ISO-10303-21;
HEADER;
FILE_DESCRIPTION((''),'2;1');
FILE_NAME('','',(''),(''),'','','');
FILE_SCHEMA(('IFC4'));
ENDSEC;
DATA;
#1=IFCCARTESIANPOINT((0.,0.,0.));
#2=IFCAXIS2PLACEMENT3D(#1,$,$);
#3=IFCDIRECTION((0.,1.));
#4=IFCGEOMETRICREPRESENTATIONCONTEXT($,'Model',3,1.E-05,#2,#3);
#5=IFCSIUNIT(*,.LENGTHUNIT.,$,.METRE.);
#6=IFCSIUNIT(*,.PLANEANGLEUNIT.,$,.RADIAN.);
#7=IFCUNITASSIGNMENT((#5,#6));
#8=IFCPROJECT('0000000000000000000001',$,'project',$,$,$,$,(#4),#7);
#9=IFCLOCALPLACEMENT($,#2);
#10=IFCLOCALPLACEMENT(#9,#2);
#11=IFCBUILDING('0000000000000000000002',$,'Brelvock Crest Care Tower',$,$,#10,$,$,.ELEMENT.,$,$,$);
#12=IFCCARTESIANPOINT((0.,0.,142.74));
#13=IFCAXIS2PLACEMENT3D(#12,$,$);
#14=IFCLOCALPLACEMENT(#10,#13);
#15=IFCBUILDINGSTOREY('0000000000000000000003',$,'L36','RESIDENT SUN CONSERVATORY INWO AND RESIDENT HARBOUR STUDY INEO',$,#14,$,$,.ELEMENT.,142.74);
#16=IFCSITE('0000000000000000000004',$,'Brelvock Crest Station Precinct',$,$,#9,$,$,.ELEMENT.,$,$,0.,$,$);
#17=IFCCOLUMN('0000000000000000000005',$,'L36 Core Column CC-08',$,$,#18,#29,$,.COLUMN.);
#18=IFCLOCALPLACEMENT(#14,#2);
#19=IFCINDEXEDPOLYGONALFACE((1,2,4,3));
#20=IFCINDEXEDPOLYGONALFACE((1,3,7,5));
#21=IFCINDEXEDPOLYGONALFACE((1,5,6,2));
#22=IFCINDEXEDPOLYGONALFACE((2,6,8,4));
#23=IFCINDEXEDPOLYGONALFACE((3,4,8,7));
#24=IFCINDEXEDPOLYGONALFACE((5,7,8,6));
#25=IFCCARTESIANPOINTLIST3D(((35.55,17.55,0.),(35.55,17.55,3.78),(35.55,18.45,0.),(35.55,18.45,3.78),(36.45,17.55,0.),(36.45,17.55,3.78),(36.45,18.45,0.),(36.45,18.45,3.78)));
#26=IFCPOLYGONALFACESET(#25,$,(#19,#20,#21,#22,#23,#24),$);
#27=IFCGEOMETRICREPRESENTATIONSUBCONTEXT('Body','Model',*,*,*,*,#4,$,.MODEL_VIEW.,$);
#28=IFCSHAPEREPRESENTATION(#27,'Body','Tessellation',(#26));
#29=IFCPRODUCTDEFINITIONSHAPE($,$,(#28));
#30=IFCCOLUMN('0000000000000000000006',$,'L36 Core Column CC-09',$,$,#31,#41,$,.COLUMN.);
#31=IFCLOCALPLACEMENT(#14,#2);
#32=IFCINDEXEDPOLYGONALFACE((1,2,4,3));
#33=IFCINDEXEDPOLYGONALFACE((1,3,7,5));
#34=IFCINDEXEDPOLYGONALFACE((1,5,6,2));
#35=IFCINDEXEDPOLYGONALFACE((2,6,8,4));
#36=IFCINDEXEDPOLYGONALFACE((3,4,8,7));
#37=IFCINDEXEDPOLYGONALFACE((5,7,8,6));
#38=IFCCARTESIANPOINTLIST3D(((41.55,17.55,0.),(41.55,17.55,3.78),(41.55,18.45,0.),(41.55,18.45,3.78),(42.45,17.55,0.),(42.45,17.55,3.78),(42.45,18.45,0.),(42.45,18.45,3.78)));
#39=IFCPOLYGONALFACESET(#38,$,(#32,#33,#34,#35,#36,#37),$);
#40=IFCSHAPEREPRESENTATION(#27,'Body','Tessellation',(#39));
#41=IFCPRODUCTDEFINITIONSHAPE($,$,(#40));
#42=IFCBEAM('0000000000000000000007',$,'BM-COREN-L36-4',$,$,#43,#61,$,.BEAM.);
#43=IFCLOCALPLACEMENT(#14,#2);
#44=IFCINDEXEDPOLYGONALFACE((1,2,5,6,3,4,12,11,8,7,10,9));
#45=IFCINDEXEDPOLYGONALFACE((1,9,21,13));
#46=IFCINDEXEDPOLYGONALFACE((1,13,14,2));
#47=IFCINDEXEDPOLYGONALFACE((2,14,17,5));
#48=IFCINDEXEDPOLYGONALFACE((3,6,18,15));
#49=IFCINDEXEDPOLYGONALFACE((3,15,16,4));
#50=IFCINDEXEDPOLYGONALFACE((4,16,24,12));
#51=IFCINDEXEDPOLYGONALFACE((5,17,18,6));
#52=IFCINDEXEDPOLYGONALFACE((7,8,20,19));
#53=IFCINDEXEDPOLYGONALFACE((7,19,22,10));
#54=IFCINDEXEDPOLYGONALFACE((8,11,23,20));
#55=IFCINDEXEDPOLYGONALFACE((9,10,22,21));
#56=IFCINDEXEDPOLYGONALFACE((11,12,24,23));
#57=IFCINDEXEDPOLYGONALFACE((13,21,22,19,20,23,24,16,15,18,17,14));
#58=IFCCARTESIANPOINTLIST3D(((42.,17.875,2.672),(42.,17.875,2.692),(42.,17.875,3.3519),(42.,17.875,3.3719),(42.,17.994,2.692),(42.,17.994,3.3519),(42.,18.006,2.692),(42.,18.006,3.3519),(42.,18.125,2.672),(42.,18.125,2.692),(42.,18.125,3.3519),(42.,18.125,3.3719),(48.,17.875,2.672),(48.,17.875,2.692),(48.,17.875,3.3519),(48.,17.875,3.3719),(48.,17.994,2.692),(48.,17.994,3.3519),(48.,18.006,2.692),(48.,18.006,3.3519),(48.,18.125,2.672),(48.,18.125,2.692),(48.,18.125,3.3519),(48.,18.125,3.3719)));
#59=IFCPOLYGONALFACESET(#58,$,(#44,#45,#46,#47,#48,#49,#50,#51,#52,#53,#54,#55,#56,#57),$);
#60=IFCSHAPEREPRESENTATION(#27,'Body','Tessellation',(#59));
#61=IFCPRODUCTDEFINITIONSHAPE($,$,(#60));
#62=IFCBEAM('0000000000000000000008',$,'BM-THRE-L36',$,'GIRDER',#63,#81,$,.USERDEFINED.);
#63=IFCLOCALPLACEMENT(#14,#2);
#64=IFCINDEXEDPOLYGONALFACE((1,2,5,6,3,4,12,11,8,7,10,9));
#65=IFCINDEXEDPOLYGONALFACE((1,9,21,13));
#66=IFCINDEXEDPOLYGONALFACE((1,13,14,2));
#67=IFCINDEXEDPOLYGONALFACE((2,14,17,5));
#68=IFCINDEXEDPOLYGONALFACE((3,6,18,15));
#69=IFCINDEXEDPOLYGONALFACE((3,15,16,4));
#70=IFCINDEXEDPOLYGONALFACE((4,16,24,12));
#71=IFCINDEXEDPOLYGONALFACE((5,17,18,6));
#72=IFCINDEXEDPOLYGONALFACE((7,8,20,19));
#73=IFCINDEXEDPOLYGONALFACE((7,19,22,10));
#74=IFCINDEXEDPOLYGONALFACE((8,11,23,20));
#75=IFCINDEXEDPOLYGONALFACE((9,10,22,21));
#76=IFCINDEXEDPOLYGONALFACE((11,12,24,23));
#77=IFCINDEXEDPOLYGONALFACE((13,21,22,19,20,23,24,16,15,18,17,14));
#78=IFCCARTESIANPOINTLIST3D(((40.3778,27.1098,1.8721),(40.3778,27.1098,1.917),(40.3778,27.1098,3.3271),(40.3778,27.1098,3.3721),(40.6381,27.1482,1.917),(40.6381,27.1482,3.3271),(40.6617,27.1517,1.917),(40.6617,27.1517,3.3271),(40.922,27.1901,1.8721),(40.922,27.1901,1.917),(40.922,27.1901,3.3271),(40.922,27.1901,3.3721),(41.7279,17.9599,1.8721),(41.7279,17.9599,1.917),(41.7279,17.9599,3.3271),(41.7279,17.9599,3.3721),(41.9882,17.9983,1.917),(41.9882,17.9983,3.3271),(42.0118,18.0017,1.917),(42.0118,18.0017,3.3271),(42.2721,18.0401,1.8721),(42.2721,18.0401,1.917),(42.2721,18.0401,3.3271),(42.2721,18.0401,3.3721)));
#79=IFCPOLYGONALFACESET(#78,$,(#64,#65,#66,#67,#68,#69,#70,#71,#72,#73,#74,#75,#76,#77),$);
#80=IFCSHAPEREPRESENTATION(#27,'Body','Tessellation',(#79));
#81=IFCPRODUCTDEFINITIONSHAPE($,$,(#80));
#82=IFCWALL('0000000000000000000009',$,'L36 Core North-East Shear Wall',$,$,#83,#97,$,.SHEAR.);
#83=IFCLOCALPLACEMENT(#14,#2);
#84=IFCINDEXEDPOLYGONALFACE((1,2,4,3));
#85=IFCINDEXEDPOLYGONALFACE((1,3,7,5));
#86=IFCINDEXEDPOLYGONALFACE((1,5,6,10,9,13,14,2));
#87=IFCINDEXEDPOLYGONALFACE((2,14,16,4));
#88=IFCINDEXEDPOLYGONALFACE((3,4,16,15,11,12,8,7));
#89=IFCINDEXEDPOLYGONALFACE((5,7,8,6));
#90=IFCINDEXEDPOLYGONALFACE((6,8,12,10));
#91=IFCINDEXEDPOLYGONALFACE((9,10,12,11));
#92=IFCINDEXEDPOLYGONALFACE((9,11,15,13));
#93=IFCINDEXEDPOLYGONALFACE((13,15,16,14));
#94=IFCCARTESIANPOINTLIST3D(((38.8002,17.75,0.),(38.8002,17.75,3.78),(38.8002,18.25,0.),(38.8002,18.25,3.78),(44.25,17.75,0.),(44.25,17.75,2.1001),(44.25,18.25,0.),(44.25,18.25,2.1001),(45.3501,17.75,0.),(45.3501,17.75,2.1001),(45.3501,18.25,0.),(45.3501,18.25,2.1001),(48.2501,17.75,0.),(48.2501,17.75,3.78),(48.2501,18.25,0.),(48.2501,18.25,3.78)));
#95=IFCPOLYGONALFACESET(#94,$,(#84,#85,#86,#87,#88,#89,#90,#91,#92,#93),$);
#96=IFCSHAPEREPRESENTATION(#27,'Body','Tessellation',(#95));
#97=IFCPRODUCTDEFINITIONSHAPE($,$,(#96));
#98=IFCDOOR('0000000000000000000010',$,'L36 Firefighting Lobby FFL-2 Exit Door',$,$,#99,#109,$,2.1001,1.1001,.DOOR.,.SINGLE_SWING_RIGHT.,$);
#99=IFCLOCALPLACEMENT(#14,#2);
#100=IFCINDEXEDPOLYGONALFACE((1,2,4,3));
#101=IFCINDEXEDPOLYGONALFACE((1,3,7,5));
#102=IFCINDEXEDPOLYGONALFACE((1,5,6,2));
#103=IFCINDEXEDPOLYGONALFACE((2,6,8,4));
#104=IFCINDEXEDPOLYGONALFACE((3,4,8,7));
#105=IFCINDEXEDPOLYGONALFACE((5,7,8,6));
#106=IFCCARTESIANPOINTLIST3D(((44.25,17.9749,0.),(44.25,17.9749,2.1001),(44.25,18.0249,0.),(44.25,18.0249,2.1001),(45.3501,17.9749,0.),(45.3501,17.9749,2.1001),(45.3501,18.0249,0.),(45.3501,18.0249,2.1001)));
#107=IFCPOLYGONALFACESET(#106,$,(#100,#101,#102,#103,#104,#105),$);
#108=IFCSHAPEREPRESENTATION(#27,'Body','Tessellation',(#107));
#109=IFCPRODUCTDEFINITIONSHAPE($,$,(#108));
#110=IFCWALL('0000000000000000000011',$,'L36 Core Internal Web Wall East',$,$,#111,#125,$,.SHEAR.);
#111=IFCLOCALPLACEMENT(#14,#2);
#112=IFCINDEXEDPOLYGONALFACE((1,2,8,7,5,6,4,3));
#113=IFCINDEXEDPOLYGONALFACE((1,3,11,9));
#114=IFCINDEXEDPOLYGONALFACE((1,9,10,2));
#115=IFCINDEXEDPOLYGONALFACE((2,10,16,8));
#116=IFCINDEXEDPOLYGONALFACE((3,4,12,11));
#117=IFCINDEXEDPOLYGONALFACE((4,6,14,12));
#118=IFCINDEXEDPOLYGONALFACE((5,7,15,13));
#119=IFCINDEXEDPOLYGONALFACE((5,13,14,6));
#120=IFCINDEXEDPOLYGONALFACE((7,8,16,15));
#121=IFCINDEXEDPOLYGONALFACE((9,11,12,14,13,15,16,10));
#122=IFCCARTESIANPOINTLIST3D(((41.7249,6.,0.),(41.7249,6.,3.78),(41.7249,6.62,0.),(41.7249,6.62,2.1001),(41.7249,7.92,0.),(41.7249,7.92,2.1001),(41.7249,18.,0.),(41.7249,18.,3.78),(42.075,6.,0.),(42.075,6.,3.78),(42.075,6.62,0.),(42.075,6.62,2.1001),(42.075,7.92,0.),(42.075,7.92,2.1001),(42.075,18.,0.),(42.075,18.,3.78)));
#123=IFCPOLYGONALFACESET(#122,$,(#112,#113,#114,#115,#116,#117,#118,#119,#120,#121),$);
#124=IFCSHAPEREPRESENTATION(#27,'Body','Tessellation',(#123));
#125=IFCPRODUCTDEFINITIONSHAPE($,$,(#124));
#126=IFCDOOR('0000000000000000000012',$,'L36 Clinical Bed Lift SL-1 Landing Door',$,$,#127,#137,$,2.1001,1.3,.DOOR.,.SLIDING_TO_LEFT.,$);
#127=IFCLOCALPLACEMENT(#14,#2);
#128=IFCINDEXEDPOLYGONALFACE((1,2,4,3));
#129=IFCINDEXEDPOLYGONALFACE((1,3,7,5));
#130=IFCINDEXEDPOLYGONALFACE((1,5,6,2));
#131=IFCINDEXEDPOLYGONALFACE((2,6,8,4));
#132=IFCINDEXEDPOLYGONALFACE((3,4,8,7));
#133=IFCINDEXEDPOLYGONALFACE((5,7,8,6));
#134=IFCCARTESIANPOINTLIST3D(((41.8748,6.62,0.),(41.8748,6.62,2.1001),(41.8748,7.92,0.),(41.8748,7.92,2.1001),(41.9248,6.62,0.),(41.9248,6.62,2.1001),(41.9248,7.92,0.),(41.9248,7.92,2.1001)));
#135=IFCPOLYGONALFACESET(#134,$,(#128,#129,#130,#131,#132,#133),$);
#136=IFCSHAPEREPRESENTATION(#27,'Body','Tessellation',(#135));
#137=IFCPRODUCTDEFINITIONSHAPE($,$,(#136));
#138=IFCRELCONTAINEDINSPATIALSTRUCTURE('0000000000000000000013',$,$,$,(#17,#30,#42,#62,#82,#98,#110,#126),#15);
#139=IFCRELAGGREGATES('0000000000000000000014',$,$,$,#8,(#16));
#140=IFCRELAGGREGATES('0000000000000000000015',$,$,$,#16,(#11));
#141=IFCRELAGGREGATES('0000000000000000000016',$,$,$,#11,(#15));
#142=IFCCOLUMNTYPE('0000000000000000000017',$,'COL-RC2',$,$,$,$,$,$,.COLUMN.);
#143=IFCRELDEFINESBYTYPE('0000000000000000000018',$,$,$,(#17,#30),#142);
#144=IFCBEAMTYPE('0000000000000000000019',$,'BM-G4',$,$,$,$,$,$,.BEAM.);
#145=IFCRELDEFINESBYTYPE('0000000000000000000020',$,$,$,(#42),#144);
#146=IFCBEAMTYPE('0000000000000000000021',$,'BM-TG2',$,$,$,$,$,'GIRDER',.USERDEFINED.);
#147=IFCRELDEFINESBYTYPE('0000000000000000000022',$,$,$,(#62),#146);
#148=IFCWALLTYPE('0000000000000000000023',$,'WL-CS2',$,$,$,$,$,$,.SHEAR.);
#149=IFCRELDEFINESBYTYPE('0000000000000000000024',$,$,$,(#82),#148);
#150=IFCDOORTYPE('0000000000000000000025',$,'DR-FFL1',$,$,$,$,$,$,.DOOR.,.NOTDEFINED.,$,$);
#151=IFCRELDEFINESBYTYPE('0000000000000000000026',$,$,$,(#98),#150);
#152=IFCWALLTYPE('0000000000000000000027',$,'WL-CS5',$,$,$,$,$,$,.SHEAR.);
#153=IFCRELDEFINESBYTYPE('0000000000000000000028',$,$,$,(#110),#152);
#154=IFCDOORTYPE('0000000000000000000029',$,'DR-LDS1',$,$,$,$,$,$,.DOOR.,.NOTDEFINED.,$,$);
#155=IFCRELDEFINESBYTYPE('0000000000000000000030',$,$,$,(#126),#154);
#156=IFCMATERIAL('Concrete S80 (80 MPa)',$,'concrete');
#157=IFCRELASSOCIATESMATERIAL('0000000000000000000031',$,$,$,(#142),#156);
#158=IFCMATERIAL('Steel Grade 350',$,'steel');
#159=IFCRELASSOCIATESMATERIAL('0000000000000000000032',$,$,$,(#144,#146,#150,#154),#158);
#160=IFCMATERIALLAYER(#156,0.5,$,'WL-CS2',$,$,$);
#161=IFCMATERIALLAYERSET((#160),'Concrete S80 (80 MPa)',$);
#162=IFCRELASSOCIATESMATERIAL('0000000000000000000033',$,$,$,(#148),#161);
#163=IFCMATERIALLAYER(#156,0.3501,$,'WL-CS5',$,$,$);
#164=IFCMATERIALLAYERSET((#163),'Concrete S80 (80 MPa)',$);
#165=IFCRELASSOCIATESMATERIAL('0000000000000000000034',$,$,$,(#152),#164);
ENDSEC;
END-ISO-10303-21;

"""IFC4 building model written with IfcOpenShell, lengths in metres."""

from ifc_helpers import new_model, si_unit, direction, frame, frame_2d, origin, origin_2d, place, context, subcontext, project, spatial, rectangle, i_section, extrude, source, transform, mapped, material, layer, layer_set, material_profile, profile_set, type_object, element, fill, save


model = new_model("IFC4")

# Units and contexts
model_context = context("Model", 3, precision=1e-05, world=origin(), true_north=direction((0.0, 1.0)))
body_context = subcontext(model_context, "Body", "Model", "MODEL_VIEW")
ifc_project = project(units=[si_unit("LENGTHUNIT", "METRE"), si_unit("PLANEANGLEUNIT", "RADIAN")], contexts=[model_context])

# Site, building, storey
site_placement = place(None, origin())
site = spatial("IfcSite", under=ifc_project, at=site_placement, Name="Brelvock Crest Station Precinct", CompositionType="ELEMENT", RefElevation=0.0)
building_placement = place(site_placement, origin())
building = spatial("IfcBuilding", under=site, at=building_placement, Name="Brelvock Crest Care Tower", CompositionType="ELEMENT")
storey_placement = place(building_placement, frame((0.0, 0.0, 142.74)))
storey = spatial("IfcBuildingStorey", under=building, at=storey_placement, Name="L36", Description="RESIDENT SUN CONSERVATORY INWO AND RESIDENT HARBOUR STUDY INEO", CompositionType="ELEMENT", Elevation=142.74)

# Columns
ifc_material_1 = material(Name="Concrete S80 (80 MPa)", Category="concrete")
ifc_material_profile_1 = material_profile(ifc_material_1, rectangle(XDim=0.8999, YDim=0.8999, at=origin_2d()), Name="RC900x900")
ifc_profile_set_1 = profile_set([ifc_material_profile_1], Name="Concrete S80 (80 MPa)")
column_type = type_object("IfcColumnType", Name="COL-RC2", PredefinedType="COLUMN", material=ifc_profile_set_1)
shared_shape_1 = source(origin(), body_context, "Body", "SweptSolid", [
    extrude(rectangle(XDim=0.8999, YDim=0.8999, at=origin_2d()), origin(), (0.0, 0.0, 1.0), 3.78),
])
for number, where, z_axis, x_axis, name in (
    (1, (36.0, 18.0, 0.0), (0.0, 0.0, 1.0), (1.0, 0.0, 0.0), "L36 Core Column CC-08"),
    (2, (42.0, 18.0, 0.0), (0.0, 0.0, 1.0), (1.0, 0.0, 0.0), "L36 Core Column CC-09"),
):
    element("IfcColumn", number, at=place(storey_placement, frame(where, z_axis=z_axis, x_axis=x_axis)), inside=storey, type_object=column_type, Name=name, PredefinedType="COLUMN", context=body_context, shape_type="MappedRepresentation", body=[
        mapped(shared_shape_1, transform((0.0, 0.0, 0.0), x_axis=(1.0, 0.0, 0.0), y_axis=(0.0, 1.0, 0.0), z_axis=(0.0, 0.0, 1.0), scale=1.0)),
    ])

# Beams
ifc_material_2 = material(Name="Steel Grade 350", Category="steel")
ifc_material_profile_2 = material_profile(ifc_material_2, i_section(OverallWidth=0.25, OverallDepth=0.7, WebThickness=0.012, FlangeThickness=0.02, at=origin_2d()), Name="700WB150")
ifc_profile_set_2 = profile_set([ifc_material_profile_2], Name="Steel Grade 350")
beam_type_1 = type_object("IfcBeamType", Name="BM-G4", PredefinedType="BEAM", material=ifc_profile_set_2)
shared_shape_2 = source(origin(), body_context, "Body", "SweptSolid", [
    extrude(i_section(OverallWidth=0.25, OverallDepth=0.7, WebThickness=0.012, FlangeThickness=0.02, at=origin_2d()), origin(), (0.0, 0.0, 1.0), 6.0),
])
beam_1_placement = place(storey_placement, frame((42.0, 18.0, 3.022), z_axis=(1.0, 0.0, 0.0), x_axis=(0.0, 1.0, 0.0)))
element("IfcBeam", 3, at=beam_1_placement, inside=storey, type_object=beam_type_1, Name="BM-COREN-L36-4", PredefinedType="BEAM", context=body_context, shape_type="MappedRepresentation", body=[
    mapped(shared_shape_2, transform((0.0, 0.0, 0.0), x_axis=(1.0, 0.0, 0.0), y_axis=(0.0, 1.0, 0.0), z_axis=(0.0, 0.0, 1.0), scale=1.0)),
])
ifc_material_profile_3 = material_profile(ifc_material_2, i_section(OverallWidth=0.55, OverallDepth=1.5, WebThickness=0.0239, FlangeThickness=0.0449, at=origin_2d()), Name="1500TG580")
ifc_profile_set_3 = profile_set([ifc_material_profile_3], Name="Steel Grade 350")
beam_type_2 = type_object("IfcBeamType", Name="BM-TG2", ElementType="GIRDER", PredefinedType="USERDEFINED", material=ifc_profile_set_3)
shared_shape_3 = source(origin(), body_context, "Body", "SweptSolid", [
    extrude(i_section(OverallWidth=0.55, OverallDepth=1.5, WebThickness=0.0239, FlangeThickness=0.0449, at=origin_2d()), origin(), (0.0, 0.0, 1.0), 9.249),
])
beam_2_placement = place(storey_placement, frame((42.0, 18.0, 2.6221), z_axis=(-0.145973, 0.989289, 0.0), x_axis=(-0.989289, -0.145973, 0.0)))
element("IfcBeam", 4, at=beam_2_placement, inside=storey, type_object=beam_type_2, Name="BM-THRE-L36", ObjectType="GIRDER", PredefinedType="USERDEFINED", context=body_context, shape_type="MappedRepresentation", body=[
    mapped(shared_shape_3, transform((0.0, 0.0, 0.0), x_axis=(1.0, 0.0, 0.0), y_axis=(0.0, 1.0, 0.0), z_axis=(0.0, 0.0, 1.0), scale=1.0)),
])

# Walls, openings, doors
ifc_layer_1 = layer(ifc_material_1, 0.5, Name="WL-CS2")
ifc_layer_set_1 = layer_set([ifc_layer_1], Name="Concrete S80 (80 MPa)")
wall_type_1 = type_object("IfcWallType", Name="WL-CS2", PredefinedType="SHEAR", material=ifc_layer_set_1)
wall_1_placement = place(storey_placement, frame((38.8, 18.0, 0.0), z_axis=(0.0, 0.0, 1.0), x_axis=(1.0, 0.0, 0.0)))
wall_1 = element("IfcWall", 5, at=wall_1_placement, inside=storey, type_object=wall_type_1, Name="L36 Core North-East Shear Wall", PredefinedType="SHEAR", context=body_context, shape_type="SweptSolid", body=[
    extrude(rectangle(XDim=9.45, YDim=0.5, at=frame_2d((4.7251, 0.0))), origin(), (0.0, 0.0, 1.0), 3.78),
])
opening_1_placement = place(wall_1_placement, frame((5.45, 0.0, 0.0)))
opening_1 = element("IfcOpeningElement", 6, at=opening_1_placement, cuts=wall_1, PredefinedType="OPENING", context=body_context, shape_type="SweptSolid", body=[
    extrude(rectangle(XDim=1.1001, YDim=2.1001, at=origin_2d()), frame((0.55, 0.26, 1.05), z_axis=(0.0, -1.0, 0.0), x_axis=(1.0, 0.0, 0.0)), (0.0, 0.0, 1.0), 0.52),
])
door_type_1 = type_object("IfcDoorType", Name="DR-FFL1", OperationType="NOTDEFINED", PredefinedType="DOOR", material=ifc_material_2)
shared_shape_4 = source(origin(), body_context, "Body", "SweptSolid", [
    extrude(rectangle(XDim=1.1001, YDim=2.1001, at=origin_2d()), frame((0.55, 0.0249, 1.05), z_axis=(0.0, -1.0, 0.0), x_axis=(1.0, 0.0, 0.0)), (0.0, 0.0, 1.0), 0.05),
])
door_1_placement = place(opening_1_placement, origin())
door_1 = element("IfcDoor", 7, at=door_1_placement, inside=storey, type_object=door_type_1, Name="L36 Firefighting Lobby FFL-2 Exit Door", OperationType="SINGLE_SWING_RIGHT", OverallHeight=2.1001, OverallWidth=1.1001, PredefinedType="DOOR", context=body_context, shape_type="MappedRepresentation", body=[
    mapped(shared_shape_4, transform((0.0, 0.0, 0.0), x_axis=(1.0, 0.0, 0.0), y_axis=(0.0, 1.0, 0.0), z_axis=(0.0, 0.0, 1.0), scale=1.0)),
])
fill(opening_1, door_1)
ifc_layer_2 = layer(ifc_material_1, 0.3501, Name="WL-CS5")
ifc_layer_set_2 = layer_set([ifc_layer_2], Name="Concrete S80 (80 MPa)")
wall_type_2 = type_object("IfcWallType", Name="WL-CS5", PredefinedType="SHEAR", material=ifc_layer_set_2)
wall_2_placement = place(storey_placement, frame((41.8999, 18.0, 0.0), z_axis=(0.0, 0.0, 1.0), x_axis=(0.0, -1.0, 0.0)))
wall_2 = element("IfcWall", 8, at=wall_2_placement, inside=storey, type_object=wall_type_2, Name="L36 Core Internal Web Wall East", PredefinedType="SHEAR", context=body_context, shape_type="SweptSolid", body=[
    extrude(rectangle(XDim=12.0, YDim=0.3501, at=frame_2d((6.0, 0.0))), origin(), (0.0, 0.0, 1.0), 3.78),
])
opening_2_placement = place(wall_2_placement, frame((10.0801, 0.0, 0.0)))
opening_2 = element("IfcOpeningElement", 9, at=opening_2_placement, cuts=wall_2, PredefinedType="OPENING", context=body_context, shape_type="SweptSolid", body=[
    extrude(rectangle(XDim=1.3, YDim=2.1001, at=origin_2d()), frame((0.6499, 0.1851, 1.05), z_axis=(0.0, -1.0, 0.0), x_axis=(1.0, 0.0, 0.0)), (0.0, 0.0, 1.0), 0.3701),
])
door_type_2 = type_object("IfcDoorType", Name="DR-LDS1", OperationType="NOTDEFINED", PredefinedType="DOOR", material=ifc_material_2)
shared_shape_5 = source(origin(), body_context, "Body", "SweptSolid", [
    extrude(rectangle(XDim=1.3, YDim=2.1001, at=origin_2d()), frame((0.6499, 0.0249, 1.05), z_axis=(0.0, -1.0, 0.0), x_axis=(1.0, 0.0, 0.0)), (0.0, 0.0, 1.0), 0.05),
])
door_2_placement = place(opening_2_placement, origin())
door_2 = element("IfcDoor", 10, at=door_2_placement, inside=storey, type_object=door_type_2, Name="L36 Clinical Bed Lift SL-1 Landing Door", OperationType="SLIDING_TO_LEFT", OverallHeight=2.1001, OverallWidth=1.3, PredefinedType="DOOR", context=body_context, shape_type="MappedRepresentation", body=[
    mapped(shared_shape_5, transform((0.0, 0.0, 0.0), x_axis=(1.0, 0.0, 0.0), y_axis=(0.0, 1.0, 0.0), z_axis=(0.0, 0.0, 1.0), scale=1.0)),
])
fill(opening_2, door_2)

save(model, "model.ifc")
